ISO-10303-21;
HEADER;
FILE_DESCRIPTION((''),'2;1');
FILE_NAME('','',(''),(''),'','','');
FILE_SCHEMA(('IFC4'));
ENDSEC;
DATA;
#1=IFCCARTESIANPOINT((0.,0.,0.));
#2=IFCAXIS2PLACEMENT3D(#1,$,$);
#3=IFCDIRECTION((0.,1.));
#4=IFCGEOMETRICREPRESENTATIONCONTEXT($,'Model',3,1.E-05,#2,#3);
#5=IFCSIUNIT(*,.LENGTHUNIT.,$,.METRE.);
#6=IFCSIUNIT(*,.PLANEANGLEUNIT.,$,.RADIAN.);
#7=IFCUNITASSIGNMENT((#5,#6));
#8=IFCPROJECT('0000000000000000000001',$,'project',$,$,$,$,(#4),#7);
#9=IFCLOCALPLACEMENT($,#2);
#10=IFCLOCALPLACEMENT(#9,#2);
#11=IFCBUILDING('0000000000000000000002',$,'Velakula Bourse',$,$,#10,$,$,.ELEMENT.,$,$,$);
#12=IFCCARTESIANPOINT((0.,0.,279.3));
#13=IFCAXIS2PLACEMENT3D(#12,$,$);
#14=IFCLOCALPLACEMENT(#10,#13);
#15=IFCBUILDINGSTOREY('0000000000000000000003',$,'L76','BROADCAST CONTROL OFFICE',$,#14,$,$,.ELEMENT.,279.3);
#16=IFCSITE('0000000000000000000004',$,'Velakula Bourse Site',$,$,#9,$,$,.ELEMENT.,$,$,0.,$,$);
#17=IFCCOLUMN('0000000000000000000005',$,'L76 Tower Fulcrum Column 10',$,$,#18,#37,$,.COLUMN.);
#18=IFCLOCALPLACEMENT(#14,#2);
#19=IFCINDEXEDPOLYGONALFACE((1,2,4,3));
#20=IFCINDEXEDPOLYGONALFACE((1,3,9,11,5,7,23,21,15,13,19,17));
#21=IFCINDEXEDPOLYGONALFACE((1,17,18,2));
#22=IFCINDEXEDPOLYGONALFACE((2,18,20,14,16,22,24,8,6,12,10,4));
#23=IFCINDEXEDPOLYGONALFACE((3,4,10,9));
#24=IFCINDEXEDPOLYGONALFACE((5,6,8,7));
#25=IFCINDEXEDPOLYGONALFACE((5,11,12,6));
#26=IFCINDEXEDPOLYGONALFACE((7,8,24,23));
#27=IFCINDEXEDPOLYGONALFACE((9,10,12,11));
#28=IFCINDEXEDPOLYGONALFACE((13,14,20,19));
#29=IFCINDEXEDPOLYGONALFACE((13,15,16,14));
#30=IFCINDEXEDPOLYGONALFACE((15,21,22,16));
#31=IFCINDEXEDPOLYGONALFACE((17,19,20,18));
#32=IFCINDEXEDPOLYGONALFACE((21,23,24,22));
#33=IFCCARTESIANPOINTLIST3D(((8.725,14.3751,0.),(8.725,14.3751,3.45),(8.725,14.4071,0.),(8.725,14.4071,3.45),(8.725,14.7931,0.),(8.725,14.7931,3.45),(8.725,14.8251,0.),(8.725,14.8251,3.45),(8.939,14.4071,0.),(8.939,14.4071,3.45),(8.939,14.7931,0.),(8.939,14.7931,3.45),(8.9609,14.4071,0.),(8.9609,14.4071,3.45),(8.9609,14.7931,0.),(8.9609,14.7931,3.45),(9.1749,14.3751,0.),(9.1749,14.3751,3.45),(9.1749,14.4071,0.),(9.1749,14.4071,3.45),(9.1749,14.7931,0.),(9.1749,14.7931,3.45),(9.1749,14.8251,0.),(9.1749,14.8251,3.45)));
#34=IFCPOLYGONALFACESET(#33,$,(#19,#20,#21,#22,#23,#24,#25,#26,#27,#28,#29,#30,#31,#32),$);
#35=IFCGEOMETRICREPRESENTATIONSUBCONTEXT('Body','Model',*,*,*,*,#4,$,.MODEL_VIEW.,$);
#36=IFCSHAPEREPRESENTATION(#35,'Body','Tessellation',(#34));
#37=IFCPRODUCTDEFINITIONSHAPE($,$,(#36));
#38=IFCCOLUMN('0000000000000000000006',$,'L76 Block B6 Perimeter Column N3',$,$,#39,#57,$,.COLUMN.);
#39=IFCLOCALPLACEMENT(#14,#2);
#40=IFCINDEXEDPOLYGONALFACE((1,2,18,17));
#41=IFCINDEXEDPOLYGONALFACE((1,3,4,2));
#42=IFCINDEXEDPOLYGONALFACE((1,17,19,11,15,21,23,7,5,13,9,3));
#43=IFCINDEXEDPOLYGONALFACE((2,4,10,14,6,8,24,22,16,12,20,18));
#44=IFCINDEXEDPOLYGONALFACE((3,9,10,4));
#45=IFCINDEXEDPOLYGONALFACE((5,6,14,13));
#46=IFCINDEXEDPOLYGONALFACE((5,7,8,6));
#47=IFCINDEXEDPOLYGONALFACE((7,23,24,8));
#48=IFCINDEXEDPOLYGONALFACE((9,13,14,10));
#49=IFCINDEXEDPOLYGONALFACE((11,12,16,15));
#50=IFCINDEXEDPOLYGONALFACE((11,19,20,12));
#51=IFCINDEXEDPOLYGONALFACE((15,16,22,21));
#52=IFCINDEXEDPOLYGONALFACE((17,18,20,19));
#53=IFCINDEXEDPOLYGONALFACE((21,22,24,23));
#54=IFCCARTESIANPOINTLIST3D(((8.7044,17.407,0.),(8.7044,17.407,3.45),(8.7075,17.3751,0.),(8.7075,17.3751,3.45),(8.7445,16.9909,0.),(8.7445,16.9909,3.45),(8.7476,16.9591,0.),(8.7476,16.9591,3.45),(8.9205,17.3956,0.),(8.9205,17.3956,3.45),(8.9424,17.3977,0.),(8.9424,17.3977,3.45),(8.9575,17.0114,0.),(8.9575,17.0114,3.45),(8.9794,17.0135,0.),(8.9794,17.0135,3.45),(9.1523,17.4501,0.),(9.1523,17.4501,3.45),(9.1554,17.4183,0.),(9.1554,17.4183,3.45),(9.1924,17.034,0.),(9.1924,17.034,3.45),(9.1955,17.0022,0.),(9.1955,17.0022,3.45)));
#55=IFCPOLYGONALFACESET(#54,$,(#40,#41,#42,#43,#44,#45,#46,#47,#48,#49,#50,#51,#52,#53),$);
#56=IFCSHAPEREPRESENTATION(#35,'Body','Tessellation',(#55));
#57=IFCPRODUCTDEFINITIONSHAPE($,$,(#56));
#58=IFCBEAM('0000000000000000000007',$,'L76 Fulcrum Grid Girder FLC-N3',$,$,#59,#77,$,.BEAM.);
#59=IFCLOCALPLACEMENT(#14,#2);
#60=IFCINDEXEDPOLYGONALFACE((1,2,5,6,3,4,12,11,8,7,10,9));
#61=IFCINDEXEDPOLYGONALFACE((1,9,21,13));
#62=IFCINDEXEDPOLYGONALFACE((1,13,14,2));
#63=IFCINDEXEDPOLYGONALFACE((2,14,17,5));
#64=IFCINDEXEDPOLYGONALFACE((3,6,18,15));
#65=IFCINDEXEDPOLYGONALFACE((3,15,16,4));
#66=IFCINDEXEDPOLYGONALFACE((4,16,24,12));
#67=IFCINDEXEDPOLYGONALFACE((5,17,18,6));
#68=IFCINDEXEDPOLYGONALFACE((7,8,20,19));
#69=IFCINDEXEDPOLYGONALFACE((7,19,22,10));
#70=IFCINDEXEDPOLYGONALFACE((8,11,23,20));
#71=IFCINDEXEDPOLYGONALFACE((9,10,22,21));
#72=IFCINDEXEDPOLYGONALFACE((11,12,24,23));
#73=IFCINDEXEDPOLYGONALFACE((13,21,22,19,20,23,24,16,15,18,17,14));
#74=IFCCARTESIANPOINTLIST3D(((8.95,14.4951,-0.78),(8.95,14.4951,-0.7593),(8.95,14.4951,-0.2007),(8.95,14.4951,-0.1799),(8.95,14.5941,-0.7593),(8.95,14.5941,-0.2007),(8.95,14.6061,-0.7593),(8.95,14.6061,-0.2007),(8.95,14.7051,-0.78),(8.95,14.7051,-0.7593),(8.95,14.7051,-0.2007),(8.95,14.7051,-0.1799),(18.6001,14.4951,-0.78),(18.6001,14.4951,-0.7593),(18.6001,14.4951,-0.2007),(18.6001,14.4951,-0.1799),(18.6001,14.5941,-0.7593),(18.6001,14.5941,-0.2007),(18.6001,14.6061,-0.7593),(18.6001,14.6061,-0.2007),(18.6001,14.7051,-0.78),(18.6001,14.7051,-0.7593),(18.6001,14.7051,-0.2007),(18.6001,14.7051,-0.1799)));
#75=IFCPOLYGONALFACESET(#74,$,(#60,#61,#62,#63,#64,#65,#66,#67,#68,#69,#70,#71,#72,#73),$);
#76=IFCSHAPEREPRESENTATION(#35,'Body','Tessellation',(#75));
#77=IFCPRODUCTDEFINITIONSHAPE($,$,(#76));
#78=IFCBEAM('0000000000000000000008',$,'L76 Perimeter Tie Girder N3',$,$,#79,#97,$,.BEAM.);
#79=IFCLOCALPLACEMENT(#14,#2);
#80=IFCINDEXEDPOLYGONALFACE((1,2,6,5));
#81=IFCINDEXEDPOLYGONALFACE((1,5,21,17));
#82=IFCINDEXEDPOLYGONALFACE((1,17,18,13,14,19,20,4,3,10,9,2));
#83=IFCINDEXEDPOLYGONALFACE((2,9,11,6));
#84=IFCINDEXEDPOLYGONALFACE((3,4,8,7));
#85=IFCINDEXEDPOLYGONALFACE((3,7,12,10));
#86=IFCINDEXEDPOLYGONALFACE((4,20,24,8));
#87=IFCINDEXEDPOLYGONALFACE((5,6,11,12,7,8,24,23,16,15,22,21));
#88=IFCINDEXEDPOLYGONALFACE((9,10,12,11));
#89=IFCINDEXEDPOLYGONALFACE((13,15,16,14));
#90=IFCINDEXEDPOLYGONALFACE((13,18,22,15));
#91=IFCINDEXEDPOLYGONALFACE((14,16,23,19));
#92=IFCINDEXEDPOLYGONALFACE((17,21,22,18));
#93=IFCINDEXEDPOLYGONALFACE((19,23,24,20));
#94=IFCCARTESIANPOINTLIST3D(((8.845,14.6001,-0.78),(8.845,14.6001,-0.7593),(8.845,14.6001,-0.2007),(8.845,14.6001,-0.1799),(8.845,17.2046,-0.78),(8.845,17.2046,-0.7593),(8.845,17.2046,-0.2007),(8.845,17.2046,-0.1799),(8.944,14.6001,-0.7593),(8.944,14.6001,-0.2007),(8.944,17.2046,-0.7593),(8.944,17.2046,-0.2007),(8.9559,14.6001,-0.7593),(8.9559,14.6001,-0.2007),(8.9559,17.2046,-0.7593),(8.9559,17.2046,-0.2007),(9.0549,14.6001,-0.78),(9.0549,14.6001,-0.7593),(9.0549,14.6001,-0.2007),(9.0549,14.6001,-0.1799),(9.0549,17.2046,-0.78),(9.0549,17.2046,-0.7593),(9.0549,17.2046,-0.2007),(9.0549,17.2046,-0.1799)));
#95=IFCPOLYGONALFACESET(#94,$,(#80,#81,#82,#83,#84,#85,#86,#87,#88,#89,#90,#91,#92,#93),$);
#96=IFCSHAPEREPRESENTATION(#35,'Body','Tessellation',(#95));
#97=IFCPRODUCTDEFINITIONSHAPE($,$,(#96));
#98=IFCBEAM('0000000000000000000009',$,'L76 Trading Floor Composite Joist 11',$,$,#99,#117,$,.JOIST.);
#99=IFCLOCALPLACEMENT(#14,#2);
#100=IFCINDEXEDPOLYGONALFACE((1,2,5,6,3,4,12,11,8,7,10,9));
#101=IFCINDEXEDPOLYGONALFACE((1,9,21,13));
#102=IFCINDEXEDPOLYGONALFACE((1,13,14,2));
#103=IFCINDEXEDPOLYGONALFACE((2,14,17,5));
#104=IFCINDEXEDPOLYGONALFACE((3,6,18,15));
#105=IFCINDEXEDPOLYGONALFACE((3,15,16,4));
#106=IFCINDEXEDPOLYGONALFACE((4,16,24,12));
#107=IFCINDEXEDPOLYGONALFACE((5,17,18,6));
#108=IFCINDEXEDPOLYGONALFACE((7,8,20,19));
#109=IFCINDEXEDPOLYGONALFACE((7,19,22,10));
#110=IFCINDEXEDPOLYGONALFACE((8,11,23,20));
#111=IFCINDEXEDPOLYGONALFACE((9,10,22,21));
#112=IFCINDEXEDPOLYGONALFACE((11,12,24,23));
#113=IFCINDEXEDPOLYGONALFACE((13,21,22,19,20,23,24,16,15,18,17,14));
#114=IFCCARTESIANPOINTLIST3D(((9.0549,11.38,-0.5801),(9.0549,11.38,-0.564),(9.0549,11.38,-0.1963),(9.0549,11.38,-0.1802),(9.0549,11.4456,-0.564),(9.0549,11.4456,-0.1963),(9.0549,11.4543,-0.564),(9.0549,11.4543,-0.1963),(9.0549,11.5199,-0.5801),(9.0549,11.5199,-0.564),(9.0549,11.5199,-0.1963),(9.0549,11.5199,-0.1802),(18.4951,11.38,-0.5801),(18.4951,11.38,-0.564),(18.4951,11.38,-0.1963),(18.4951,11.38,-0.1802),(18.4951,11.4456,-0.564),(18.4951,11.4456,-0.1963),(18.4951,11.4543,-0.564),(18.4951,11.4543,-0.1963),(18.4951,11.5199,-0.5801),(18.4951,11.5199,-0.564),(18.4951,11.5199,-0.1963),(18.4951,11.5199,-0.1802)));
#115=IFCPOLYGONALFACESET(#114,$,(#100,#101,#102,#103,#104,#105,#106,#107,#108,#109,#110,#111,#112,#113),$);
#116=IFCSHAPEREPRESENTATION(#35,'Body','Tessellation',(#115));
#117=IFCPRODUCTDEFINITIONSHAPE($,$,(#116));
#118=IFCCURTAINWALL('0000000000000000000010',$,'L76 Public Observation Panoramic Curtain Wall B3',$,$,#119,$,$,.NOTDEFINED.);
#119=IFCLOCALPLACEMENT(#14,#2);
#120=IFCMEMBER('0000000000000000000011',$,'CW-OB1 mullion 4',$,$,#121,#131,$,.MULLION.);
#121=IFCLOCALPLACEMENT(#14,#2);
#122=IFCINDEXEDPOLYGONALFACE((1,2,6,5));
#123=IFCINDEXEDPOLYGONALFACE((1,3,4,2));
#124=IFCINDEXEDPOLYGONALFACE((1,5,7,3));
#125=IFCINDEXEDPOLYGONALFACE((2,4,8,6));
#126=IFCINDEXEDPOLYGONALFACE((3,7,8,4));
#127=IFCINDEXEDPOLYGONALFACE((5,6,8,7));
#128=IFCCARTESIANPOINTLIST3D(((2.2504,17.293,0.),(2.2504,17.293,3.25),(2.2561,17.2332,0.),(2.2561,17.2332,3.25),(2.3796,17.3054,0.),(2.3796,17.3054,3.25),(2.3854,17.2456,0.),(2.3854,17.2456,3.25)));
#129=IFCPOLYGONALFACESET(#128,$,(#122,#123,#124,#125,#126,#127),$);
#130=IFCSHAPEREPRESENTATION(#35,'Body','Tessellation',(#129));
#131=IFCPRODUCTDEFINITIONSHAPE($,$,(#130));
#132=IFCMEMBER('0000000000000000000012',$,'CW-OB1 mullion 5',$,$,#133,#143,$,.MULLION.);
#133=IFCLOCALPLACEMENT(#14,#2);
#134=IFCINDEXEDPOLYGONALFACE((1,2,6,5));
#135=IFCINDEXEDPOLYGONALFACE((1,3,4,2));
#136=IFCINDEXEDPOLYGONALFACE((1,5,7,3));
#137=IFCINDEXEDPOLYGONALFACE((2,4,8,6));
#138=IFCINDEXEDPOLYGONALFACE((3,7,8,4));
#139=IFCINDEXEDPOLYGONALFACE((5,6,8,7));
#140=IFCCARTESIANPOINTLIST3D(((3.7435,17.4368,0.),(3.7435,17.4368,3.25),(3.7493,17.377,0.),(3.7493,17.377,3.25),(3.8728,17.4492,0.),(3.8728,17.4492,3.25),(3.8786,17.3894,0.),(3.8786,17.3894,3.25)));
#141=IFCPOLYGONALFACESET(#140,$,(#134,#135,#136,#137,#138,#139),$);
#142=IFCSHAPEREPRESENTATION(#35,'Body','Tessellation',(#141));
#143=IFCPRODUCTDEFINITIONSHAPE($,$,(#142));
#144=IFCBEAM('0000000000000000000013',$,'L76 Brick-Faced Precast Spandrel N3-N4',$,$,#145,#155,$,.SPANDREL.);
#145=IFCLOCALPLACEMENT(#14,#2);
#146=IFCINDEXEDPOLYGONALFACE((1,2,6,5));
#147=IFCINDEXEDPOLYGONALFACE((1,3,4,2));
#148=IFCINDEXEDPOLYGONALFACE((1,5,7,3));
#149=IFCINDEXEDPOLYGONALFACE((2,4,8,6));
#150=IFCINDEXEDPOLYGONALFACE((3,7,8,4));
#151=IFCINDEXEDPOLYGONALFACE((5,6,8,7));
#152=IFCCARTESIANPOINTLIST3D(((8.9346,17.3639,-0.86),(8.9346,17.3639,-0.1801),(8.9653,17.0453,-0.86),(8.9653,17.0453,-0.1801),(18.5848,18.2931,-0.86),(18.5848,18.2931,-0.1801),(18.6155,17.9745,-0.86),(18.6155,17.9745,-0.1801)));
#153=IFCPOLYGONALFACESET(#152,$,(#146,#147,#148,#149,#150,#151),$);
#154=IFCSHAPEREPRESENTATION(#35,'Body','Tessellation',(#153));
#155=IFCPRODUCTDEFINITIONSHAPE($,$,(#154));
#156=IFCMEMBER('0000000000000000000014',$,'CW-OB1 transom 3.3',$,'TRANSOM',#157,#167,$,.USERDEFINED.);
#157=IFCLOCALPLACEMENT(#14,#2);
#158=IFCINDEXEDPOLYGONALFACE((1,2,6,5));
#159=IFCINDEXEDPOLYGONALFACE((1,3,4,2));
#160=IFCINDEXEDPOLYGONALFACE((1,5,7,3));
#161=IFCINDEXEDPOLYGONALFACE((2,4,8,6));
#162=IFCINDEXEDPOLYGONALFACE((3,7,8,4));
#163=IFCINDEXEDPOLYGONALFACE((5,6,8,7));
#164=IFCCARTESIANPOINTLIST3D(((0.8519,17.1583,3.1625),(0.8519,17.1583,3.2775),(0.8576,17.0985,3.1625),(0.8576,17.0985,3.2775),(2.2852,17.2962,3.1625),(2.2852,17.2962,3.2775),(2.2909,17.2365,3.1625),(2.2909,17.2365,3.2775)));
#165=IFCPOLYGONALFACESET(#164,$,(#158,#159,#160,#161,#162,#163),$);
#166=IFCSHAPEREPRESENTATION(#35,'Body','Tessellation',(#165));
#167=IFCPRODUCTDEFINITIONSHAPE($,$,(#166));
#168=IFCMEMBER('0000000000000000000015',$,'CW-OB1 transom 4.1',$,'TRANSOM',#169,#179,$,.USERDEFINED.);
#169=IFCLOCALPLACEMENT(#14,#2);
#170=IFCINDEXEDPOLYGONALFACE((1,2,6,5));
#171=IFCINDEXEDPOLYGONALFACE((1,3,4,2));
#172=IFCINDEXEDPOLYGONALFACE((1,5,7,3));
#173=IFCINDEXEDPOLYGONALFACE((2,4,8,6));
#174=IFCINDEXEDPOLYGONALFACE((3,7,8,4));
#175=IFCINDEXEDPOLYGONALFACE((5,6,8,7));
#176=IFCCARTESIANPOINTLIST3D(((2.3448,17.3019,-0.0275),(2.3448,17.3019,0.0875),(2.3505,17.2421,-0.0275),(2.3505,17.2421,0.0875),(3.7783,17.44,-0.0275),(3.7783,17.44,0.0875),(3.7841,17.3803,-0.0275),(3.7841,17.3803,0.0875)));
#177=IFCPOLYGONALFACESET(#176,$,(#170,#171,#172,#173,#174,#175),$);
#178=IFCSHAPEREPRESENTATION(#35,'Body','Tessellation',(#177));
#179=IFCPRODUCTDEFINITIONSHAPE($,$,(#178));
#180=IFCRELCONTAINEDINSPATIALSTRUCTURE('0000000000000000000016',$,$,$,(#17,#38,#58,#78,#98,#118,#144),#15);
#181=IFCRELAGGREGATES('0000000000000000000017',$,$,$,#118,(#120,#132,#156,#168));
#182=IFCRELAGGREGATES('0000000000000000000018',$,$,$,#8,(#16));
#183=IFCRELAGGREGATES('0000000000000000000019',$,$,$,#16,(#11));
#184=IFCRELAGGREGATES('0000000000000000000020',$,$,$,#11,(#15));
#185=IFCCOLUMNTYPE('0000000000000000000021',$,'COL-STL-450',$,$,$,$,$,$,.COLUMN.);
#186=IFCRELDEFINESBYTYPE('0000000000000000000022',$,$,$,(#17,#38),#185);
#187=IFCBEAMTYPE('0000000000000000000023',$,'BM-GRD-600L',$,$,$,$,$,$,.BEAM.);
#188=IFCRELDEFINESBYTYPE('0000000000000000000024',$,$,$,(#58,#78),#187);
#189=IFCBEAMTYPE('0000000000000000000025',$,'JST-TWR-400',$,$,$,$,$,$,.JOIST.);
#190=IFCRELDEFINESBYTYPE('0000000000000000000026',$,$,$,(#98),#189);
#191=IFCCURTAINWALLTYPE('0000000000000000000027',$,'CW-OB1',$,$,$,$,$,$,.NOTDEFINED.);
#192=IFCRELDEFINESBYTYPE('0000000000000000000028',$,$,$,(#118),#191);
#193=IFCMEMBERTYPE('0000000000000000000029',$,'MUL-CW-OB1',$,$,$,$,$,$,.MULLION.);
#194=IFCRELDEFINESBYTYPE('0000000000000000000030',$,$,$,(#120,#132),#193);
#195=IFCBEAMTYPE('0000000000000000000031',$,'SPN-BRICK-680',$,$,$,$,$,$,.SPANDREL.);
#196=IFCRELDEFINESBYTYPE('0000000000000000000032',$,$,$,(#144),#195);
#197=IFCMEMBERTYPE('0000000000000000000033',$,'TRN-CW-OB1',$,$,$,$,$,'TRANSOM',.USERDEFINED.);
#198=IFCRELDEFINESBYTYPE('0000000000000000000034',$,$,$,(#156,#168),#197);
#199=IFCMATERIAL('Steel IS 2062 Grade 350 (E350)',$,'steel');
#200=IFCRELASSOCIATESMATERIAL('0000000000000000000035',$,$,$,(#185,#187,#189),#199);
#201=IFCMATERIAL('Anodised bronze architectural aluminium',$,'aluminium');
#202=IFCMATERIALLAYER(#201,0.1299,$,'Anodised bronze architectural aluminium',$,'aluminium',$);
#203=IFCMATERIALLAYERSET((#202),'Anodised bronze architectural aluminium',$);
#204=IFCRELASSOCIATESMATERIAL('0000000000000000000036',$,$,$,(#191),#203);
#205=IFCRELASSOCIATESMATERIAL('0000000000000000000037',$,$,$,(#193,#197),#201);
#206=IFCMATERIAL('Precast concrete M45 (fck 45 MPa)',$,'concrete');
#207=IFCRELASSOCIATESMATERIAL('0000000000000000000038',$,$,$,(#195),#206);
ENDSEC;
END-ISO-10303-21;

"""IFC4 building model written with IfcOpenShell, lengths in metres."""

from ifc_helpers import new_model, si_unit, direction, frame, origin, origin_2d, place, context, subcontext, project, spatial, rectangle, i_section, extrude, material, layer, layer_set, material_profile, profile_set, type_object, element, aggregate, save


model = new_model("IFC4")

# Units and contexts
model_context = context("Model", 3, precision=1e-05, world=origin(), true_north=direction((0.0, 1.0)))
body_context = subcontext(model_context, "Body", "Model", "MODEL_VIEW")
ifc_project = project(units=[si_unit("LENGTHUNIT", "METRE"), si_unit("PLANEANGLEUNIT", "RADIAN")], contexts=[model_context])

# Site, building, storey
site_placement = place(None, origin())
site = spatial("IfcSite", under=ifc_project, at=site_placement, Name="Velakula Bourse Site", CompositionType="ELEMENT", RefElevation=0.0)
building_placement = place(site_placement, origin())
building = spatial("IfcBuilding", under=site, at=building_placement, Name="Velakula Bourse", CompositionType="ELEMENT")
storey_placement = place(building_placement, frame((0.0, 0.0, 279.3)))
storey = spatial("IfcBuildingStorey", under=building, at=storey_placement, Name="L76", Description="BROADCAST CONTROL OFFICE", CompositionType="ELEMENT", Elevation=279.3)

# Columns
ifc_material_1 = material(Name="Steel IS 2062 Grade 350 (E350)", Category="steel")
ifc_material_profile_1 = material_profile(ifc_material_1, i_section(OverallWidth=0.45, OverallDepth=0.45, WebThickness=0.022, FlangeThickness=0.032, at=origin_2d()), Name="Steel IS 2062 Grade 350 (E350)")
ifc_profile_set_1 = profile_set([ifc_material_profile_1], Name="Steel IS 2062 Grade 350 (E350)")
column_type = type_object("IfcColumnType", Name="COL-STL-450", PredefinedType="COLUMN", material=ifc_profile_set_1)
for number, where, z_axis, x_axis, name in (
    (1, (8.95, 14.6001, 0.0), (0.0, 0.0, 1.0), (1.0, 0.0, 0.0), "L76 Tower Fulcrum Column 10"),
    (2, (8.95, 17.2046, 0.0), (0.0, 0.0, 1.0), (0.995396, 0.095846, 0.0), "L76 Block B6 Perimeter Column N3"),
):
    element("IfcColumn", number, at=place(storey_placement, frame(where, z_axis=z_axis, x_axis=x_axis)), inside=storey, type_object=column_type, Name=name, PredefinedType="COLUMN", context=body_context, shape_type="SweptSolid", body=[
        extrude(i_section(OverallWidth=0.45, OverallDepth=0.45, WebThickness=0.022, FlangeThickness=0.032, at=origin_2d()), origin(), (0.0, 0.0, 1.0), 3.45),
    ])

# Beams
ifc_material_profile_2 = material_profile(ifc_material_1, i_section(OverallWidth=0.21, OverallDepth=0.6001, WebThickness=0.012, FlangeThickness=0.0208, at=origin_2d()), Name="Steel IS 2062 Grade 350 (E350)")
ifc_profile_set_2 = profile_set([ifc_material_profile_2], Name="Steel IS 2062 Grade 350 (E350)")
beam_type_1 = type_object("IfcBeamType", Name="BM-GRD-600L", PredefinedType="BEAM", material=ifc_profile_set_2)
beam_1_placement = place(storey_placement, frame((8.95, 14.6001, -0.48), z_axis=(1.0, 0.0, 0.0), x_axis=(0.0, 1.0, 0.0)))
element("IfcBeam", 3, at=beam_1_placement, inside=storey, type_object=beam_type_1, Name="L76 Fulcrum Grid Girder FLC-N3", PredefinedType="BEAM", context=body_context, shape_type="SweptSolid", body=[
    extrude(i_section(OverallWidth=0.21, OverallDepth=0.6001, WebThickness=0.012, FlangeThickness=0.0208, at=origin_2d()), origin(), (0.0, 0.0, 1.0), 9.6501),
])
beam_2_placement = place(storey_placement, frame((8.95, 14.6001, -0.48), z_axis=(0.0, 1.0, 0.0), x_axis=(-1.0, 0.0, 0.0)))
element("IfcBeam", 4, at=beam_2_placement, inside=storey, type_object=beam_type_1, Name="L76 Perimeter Tie Girder N3", PredefinedType="BEAM", context=body_context, shape_type="SweptSolid", body=[
    extrude(i_section(OverallWidth=0.21, OverallDepth=0.6001, WebThickness=0.012, FlangeThickness=0.0208, at=origin_2d()), origin(), (0.0, 0.0, 1.0), 2.6045),
])
ifc_material_profile_3 = material_profile(ifc_material_1, i_section(OverallWidth=0.1399, OverallDepth=0.3999, WebThickness=0.0088, FlangeThickness=0.0161, at=origin_2d()), Name="Steel IS 2062 Grade 350 (E350)")
ifc_profile_set_3 = profile_set([ifc_material_profile_3], Name="Steel IS 2062 Grade 350 (E350)")
beam_type_2 = type_object("IfcBeamType", Name="JST-TWR-400", PredefinedType="JOIST", material=ifc_profile_set_3)
beam_3_placement = place(storey_placement, frame((9.0549, 11.45, -0.3801), z_axis=(1.0, 0.0, 0.0), x_axis=(0.0, 1.0, 0.0)))
element("IfcBeam", 5, at=beam_3_placement, inside=storey, type_object=beam_type_2, Name="L76 Trading Floor Composite Joist 11", PredefinedType="JOIST", context=body_context, shape_type="SweptSolid", body=[
    extrude(i_section(OverallWidth=0.1399, OverallDepth=0.3999, WebThickness=0.0088, FlangeThickness=0.0161, at=origin_2d()), origin(), (0.0, 0.0, 1.0), 9.4402),
])

# Curtain wall, members
ifc_material_2 = material(Name="Anodised bronze architectural aluminium", Category="aluminium")
ifc_layer_1 = layer(ifc_material_2, 0.1299, Name="Anodised bronze architectural aluminium", Category="aluminium")
ifc_layer_set_1 = layer_set([ifc_layer_1], Name="Anodised bronze architectural aluminium")
curtain_wall_type = type_object("IfcCurtainWallType", Name="CW-OB1", PredefinedType="NOTDEFINED", material=ifc_layer_set_1)
curtain_wall_placement = place(storey_placement, origin())
curtain_wall = element("IfcCurtainWall", 6, at=curtain_wall_placement, inside=storey, type_object=curtain_wall_type, Name="L76 Public Observation Panoramic Curtain Wall B3", PredefinedType="NOTDEFINED")
ifc_material_profile_4 = material_profile(ifc_material_2, rectangle(XDim=0.0601, YDim=0.1299, at=origin_2d()), Name="Anodised bronze architectural aluminium")
ifc_profile_set_4 = profile_set([ifc_material_profile_4], Name="Anodised bronze architectural aluminium")
member_type_1 = type_object("IfcMemberType", Name="MUL-CW-OB1", PredefinedType="MULLION", material=ifc_profile_set_4)
member_1_placement = place(storey_placement, frame((2.3179, 17.2693, 0.0), z_axis=(0.0, 0.0, 1.0), x_axis=(-0.095844, 0.995396, 0.0)))
member_1 = element("IfcMember", 7, at=member_1_placement, type_object=member_type_1, Name="CW-OB1 mullion 4", PredefinedType="MULLION", context=body_context, shape_type="SweptSolid", body=[
    extrude(rectangle(XDim=0.0601, YDim=0.1299, at=origin_2d()), origin(), (0.0, 0.0, 1.0), 3.25),
])
member_2_placement = place(storey_placement, frame((3.811, 17.4131, 0.0), z_axis=(0.0, 0.0, 1.0), x_axis=(-0.095844, 0.995396, 0.0)))
member_2 = element("IfcMember", 8, at=member_2_placement, type_object=member_type_1, Name="CW-OB1 mullion 5", PredefinedType="MULLION", context=body_context, shape_type="SweptSolid", body=[
    extrude(rectangle(XDim=0.0601, YDim=0.1299, at=origin_2d()), origin(), (0.0, 0.0, 1.0), 3.25),
])

# Beam
ifc_material_3 = material(Name="Precast concrete M45 (fck 45 MPa)", Category="concrete")
ifc_material_profile_5 = material_profile(ifc_material_3, rectangle(XDim=0.3201, YDim=0.6799, at=origin_2d()), Name="Precast concrete M45 (fck 45 MPa)")
ifc_profile_set_5 = profile_set([ifc_material_profile_5], Name="Precast concrete M45 (fck 45 MPa)")
beam_type_3 = type_object("IfcBeamType", Name="SPN-BRICK-680", PredefinedType="SPANDREL", material=ifc_profile_set_5)
beam_4_placement = place(storey_placement, frame((8.95, 17.2046, -0.52), z_axis=(0.995396, 0.095845, 0.0), x_axis=(-0.095845, 0.995396, 0.0)))
element("IfcBeam", 9, at=beam_4_placement, inside=storey, type_object=beam_type_3, Name="L76 Brick-Faced Precast Spandrel N3-N4", PredefinedType="SPANDREL", context=body_context, shape_type="SweptSolid", body=[
    extrude(rectangle(XDim=0.3201, YDim=0.6799, at=origin_2d()), origin(), (0.0, 0.0, 1.0), 9.6948),
])

# Members
ifc_material_profile_6 = material_profile(ifc_material_2, rectangle(XDim=0.0601, YDim=0.115, at=origin_2d()), Name="Anodised bronze architectural aluminium")
ifc_profile_set_6 = profile_set([ifc_material_profile_6], Name="Anodised bronze architectural aluminium")
member_type_2 = type_object("IfcMemberType", Name="TRN-CW-OB1", ElementType="TRANSOM", PredefinedType="USERDEFINED", material=ifc_profile_set_6)
member_3_placement = place(storey_placement, frame((0.8547, 17.1284, 3.22), z_axis=(0.995401, 0.095793, 0.0), x_axis=(-0.095793, 0.995401, 0.0)))
member_3 = element("IfcMember", 10, at=member_3_placement, type_object=member_type_2, Name="CW-OB1 transom 3.3", ObjectType="TRANSOM", PredefinedType="USERDEFINED", context=body_context, shape_type="SweptSolid", body=[
    extrude(rectangle(XDim=0.0601, YDim=0.115, at=origin_2d()), origin(), (0.0, 0.0, 1.0), 1.4399),
])
member_4_placement = place(storey_placement, frame((2.3477, 17.272, 0.03), z_axis=(0.995387, 0.095945, 0.0), x_axis=(-0.095945, 0.995387, 0.0)))
member_4 = element("IfcMember", 11, at=member_4_placement, type_object=member_type_2, Name="CW-OB1 transom 4.1", ObjectType="TRANSOM", PredefinedType="USERDEFINED", context=body_context, shape_type="SweptSolid", body=[
    extrude(rectangle(XDim=0.0601, YDim=0.115, at=origin_2d()), origin(), (0.0, 0.0, 1.0), 1.4402),
])

aggregate(curtain_wall, [member_1, member_2, member_3, member_4])

save(model, "model.ifc")
